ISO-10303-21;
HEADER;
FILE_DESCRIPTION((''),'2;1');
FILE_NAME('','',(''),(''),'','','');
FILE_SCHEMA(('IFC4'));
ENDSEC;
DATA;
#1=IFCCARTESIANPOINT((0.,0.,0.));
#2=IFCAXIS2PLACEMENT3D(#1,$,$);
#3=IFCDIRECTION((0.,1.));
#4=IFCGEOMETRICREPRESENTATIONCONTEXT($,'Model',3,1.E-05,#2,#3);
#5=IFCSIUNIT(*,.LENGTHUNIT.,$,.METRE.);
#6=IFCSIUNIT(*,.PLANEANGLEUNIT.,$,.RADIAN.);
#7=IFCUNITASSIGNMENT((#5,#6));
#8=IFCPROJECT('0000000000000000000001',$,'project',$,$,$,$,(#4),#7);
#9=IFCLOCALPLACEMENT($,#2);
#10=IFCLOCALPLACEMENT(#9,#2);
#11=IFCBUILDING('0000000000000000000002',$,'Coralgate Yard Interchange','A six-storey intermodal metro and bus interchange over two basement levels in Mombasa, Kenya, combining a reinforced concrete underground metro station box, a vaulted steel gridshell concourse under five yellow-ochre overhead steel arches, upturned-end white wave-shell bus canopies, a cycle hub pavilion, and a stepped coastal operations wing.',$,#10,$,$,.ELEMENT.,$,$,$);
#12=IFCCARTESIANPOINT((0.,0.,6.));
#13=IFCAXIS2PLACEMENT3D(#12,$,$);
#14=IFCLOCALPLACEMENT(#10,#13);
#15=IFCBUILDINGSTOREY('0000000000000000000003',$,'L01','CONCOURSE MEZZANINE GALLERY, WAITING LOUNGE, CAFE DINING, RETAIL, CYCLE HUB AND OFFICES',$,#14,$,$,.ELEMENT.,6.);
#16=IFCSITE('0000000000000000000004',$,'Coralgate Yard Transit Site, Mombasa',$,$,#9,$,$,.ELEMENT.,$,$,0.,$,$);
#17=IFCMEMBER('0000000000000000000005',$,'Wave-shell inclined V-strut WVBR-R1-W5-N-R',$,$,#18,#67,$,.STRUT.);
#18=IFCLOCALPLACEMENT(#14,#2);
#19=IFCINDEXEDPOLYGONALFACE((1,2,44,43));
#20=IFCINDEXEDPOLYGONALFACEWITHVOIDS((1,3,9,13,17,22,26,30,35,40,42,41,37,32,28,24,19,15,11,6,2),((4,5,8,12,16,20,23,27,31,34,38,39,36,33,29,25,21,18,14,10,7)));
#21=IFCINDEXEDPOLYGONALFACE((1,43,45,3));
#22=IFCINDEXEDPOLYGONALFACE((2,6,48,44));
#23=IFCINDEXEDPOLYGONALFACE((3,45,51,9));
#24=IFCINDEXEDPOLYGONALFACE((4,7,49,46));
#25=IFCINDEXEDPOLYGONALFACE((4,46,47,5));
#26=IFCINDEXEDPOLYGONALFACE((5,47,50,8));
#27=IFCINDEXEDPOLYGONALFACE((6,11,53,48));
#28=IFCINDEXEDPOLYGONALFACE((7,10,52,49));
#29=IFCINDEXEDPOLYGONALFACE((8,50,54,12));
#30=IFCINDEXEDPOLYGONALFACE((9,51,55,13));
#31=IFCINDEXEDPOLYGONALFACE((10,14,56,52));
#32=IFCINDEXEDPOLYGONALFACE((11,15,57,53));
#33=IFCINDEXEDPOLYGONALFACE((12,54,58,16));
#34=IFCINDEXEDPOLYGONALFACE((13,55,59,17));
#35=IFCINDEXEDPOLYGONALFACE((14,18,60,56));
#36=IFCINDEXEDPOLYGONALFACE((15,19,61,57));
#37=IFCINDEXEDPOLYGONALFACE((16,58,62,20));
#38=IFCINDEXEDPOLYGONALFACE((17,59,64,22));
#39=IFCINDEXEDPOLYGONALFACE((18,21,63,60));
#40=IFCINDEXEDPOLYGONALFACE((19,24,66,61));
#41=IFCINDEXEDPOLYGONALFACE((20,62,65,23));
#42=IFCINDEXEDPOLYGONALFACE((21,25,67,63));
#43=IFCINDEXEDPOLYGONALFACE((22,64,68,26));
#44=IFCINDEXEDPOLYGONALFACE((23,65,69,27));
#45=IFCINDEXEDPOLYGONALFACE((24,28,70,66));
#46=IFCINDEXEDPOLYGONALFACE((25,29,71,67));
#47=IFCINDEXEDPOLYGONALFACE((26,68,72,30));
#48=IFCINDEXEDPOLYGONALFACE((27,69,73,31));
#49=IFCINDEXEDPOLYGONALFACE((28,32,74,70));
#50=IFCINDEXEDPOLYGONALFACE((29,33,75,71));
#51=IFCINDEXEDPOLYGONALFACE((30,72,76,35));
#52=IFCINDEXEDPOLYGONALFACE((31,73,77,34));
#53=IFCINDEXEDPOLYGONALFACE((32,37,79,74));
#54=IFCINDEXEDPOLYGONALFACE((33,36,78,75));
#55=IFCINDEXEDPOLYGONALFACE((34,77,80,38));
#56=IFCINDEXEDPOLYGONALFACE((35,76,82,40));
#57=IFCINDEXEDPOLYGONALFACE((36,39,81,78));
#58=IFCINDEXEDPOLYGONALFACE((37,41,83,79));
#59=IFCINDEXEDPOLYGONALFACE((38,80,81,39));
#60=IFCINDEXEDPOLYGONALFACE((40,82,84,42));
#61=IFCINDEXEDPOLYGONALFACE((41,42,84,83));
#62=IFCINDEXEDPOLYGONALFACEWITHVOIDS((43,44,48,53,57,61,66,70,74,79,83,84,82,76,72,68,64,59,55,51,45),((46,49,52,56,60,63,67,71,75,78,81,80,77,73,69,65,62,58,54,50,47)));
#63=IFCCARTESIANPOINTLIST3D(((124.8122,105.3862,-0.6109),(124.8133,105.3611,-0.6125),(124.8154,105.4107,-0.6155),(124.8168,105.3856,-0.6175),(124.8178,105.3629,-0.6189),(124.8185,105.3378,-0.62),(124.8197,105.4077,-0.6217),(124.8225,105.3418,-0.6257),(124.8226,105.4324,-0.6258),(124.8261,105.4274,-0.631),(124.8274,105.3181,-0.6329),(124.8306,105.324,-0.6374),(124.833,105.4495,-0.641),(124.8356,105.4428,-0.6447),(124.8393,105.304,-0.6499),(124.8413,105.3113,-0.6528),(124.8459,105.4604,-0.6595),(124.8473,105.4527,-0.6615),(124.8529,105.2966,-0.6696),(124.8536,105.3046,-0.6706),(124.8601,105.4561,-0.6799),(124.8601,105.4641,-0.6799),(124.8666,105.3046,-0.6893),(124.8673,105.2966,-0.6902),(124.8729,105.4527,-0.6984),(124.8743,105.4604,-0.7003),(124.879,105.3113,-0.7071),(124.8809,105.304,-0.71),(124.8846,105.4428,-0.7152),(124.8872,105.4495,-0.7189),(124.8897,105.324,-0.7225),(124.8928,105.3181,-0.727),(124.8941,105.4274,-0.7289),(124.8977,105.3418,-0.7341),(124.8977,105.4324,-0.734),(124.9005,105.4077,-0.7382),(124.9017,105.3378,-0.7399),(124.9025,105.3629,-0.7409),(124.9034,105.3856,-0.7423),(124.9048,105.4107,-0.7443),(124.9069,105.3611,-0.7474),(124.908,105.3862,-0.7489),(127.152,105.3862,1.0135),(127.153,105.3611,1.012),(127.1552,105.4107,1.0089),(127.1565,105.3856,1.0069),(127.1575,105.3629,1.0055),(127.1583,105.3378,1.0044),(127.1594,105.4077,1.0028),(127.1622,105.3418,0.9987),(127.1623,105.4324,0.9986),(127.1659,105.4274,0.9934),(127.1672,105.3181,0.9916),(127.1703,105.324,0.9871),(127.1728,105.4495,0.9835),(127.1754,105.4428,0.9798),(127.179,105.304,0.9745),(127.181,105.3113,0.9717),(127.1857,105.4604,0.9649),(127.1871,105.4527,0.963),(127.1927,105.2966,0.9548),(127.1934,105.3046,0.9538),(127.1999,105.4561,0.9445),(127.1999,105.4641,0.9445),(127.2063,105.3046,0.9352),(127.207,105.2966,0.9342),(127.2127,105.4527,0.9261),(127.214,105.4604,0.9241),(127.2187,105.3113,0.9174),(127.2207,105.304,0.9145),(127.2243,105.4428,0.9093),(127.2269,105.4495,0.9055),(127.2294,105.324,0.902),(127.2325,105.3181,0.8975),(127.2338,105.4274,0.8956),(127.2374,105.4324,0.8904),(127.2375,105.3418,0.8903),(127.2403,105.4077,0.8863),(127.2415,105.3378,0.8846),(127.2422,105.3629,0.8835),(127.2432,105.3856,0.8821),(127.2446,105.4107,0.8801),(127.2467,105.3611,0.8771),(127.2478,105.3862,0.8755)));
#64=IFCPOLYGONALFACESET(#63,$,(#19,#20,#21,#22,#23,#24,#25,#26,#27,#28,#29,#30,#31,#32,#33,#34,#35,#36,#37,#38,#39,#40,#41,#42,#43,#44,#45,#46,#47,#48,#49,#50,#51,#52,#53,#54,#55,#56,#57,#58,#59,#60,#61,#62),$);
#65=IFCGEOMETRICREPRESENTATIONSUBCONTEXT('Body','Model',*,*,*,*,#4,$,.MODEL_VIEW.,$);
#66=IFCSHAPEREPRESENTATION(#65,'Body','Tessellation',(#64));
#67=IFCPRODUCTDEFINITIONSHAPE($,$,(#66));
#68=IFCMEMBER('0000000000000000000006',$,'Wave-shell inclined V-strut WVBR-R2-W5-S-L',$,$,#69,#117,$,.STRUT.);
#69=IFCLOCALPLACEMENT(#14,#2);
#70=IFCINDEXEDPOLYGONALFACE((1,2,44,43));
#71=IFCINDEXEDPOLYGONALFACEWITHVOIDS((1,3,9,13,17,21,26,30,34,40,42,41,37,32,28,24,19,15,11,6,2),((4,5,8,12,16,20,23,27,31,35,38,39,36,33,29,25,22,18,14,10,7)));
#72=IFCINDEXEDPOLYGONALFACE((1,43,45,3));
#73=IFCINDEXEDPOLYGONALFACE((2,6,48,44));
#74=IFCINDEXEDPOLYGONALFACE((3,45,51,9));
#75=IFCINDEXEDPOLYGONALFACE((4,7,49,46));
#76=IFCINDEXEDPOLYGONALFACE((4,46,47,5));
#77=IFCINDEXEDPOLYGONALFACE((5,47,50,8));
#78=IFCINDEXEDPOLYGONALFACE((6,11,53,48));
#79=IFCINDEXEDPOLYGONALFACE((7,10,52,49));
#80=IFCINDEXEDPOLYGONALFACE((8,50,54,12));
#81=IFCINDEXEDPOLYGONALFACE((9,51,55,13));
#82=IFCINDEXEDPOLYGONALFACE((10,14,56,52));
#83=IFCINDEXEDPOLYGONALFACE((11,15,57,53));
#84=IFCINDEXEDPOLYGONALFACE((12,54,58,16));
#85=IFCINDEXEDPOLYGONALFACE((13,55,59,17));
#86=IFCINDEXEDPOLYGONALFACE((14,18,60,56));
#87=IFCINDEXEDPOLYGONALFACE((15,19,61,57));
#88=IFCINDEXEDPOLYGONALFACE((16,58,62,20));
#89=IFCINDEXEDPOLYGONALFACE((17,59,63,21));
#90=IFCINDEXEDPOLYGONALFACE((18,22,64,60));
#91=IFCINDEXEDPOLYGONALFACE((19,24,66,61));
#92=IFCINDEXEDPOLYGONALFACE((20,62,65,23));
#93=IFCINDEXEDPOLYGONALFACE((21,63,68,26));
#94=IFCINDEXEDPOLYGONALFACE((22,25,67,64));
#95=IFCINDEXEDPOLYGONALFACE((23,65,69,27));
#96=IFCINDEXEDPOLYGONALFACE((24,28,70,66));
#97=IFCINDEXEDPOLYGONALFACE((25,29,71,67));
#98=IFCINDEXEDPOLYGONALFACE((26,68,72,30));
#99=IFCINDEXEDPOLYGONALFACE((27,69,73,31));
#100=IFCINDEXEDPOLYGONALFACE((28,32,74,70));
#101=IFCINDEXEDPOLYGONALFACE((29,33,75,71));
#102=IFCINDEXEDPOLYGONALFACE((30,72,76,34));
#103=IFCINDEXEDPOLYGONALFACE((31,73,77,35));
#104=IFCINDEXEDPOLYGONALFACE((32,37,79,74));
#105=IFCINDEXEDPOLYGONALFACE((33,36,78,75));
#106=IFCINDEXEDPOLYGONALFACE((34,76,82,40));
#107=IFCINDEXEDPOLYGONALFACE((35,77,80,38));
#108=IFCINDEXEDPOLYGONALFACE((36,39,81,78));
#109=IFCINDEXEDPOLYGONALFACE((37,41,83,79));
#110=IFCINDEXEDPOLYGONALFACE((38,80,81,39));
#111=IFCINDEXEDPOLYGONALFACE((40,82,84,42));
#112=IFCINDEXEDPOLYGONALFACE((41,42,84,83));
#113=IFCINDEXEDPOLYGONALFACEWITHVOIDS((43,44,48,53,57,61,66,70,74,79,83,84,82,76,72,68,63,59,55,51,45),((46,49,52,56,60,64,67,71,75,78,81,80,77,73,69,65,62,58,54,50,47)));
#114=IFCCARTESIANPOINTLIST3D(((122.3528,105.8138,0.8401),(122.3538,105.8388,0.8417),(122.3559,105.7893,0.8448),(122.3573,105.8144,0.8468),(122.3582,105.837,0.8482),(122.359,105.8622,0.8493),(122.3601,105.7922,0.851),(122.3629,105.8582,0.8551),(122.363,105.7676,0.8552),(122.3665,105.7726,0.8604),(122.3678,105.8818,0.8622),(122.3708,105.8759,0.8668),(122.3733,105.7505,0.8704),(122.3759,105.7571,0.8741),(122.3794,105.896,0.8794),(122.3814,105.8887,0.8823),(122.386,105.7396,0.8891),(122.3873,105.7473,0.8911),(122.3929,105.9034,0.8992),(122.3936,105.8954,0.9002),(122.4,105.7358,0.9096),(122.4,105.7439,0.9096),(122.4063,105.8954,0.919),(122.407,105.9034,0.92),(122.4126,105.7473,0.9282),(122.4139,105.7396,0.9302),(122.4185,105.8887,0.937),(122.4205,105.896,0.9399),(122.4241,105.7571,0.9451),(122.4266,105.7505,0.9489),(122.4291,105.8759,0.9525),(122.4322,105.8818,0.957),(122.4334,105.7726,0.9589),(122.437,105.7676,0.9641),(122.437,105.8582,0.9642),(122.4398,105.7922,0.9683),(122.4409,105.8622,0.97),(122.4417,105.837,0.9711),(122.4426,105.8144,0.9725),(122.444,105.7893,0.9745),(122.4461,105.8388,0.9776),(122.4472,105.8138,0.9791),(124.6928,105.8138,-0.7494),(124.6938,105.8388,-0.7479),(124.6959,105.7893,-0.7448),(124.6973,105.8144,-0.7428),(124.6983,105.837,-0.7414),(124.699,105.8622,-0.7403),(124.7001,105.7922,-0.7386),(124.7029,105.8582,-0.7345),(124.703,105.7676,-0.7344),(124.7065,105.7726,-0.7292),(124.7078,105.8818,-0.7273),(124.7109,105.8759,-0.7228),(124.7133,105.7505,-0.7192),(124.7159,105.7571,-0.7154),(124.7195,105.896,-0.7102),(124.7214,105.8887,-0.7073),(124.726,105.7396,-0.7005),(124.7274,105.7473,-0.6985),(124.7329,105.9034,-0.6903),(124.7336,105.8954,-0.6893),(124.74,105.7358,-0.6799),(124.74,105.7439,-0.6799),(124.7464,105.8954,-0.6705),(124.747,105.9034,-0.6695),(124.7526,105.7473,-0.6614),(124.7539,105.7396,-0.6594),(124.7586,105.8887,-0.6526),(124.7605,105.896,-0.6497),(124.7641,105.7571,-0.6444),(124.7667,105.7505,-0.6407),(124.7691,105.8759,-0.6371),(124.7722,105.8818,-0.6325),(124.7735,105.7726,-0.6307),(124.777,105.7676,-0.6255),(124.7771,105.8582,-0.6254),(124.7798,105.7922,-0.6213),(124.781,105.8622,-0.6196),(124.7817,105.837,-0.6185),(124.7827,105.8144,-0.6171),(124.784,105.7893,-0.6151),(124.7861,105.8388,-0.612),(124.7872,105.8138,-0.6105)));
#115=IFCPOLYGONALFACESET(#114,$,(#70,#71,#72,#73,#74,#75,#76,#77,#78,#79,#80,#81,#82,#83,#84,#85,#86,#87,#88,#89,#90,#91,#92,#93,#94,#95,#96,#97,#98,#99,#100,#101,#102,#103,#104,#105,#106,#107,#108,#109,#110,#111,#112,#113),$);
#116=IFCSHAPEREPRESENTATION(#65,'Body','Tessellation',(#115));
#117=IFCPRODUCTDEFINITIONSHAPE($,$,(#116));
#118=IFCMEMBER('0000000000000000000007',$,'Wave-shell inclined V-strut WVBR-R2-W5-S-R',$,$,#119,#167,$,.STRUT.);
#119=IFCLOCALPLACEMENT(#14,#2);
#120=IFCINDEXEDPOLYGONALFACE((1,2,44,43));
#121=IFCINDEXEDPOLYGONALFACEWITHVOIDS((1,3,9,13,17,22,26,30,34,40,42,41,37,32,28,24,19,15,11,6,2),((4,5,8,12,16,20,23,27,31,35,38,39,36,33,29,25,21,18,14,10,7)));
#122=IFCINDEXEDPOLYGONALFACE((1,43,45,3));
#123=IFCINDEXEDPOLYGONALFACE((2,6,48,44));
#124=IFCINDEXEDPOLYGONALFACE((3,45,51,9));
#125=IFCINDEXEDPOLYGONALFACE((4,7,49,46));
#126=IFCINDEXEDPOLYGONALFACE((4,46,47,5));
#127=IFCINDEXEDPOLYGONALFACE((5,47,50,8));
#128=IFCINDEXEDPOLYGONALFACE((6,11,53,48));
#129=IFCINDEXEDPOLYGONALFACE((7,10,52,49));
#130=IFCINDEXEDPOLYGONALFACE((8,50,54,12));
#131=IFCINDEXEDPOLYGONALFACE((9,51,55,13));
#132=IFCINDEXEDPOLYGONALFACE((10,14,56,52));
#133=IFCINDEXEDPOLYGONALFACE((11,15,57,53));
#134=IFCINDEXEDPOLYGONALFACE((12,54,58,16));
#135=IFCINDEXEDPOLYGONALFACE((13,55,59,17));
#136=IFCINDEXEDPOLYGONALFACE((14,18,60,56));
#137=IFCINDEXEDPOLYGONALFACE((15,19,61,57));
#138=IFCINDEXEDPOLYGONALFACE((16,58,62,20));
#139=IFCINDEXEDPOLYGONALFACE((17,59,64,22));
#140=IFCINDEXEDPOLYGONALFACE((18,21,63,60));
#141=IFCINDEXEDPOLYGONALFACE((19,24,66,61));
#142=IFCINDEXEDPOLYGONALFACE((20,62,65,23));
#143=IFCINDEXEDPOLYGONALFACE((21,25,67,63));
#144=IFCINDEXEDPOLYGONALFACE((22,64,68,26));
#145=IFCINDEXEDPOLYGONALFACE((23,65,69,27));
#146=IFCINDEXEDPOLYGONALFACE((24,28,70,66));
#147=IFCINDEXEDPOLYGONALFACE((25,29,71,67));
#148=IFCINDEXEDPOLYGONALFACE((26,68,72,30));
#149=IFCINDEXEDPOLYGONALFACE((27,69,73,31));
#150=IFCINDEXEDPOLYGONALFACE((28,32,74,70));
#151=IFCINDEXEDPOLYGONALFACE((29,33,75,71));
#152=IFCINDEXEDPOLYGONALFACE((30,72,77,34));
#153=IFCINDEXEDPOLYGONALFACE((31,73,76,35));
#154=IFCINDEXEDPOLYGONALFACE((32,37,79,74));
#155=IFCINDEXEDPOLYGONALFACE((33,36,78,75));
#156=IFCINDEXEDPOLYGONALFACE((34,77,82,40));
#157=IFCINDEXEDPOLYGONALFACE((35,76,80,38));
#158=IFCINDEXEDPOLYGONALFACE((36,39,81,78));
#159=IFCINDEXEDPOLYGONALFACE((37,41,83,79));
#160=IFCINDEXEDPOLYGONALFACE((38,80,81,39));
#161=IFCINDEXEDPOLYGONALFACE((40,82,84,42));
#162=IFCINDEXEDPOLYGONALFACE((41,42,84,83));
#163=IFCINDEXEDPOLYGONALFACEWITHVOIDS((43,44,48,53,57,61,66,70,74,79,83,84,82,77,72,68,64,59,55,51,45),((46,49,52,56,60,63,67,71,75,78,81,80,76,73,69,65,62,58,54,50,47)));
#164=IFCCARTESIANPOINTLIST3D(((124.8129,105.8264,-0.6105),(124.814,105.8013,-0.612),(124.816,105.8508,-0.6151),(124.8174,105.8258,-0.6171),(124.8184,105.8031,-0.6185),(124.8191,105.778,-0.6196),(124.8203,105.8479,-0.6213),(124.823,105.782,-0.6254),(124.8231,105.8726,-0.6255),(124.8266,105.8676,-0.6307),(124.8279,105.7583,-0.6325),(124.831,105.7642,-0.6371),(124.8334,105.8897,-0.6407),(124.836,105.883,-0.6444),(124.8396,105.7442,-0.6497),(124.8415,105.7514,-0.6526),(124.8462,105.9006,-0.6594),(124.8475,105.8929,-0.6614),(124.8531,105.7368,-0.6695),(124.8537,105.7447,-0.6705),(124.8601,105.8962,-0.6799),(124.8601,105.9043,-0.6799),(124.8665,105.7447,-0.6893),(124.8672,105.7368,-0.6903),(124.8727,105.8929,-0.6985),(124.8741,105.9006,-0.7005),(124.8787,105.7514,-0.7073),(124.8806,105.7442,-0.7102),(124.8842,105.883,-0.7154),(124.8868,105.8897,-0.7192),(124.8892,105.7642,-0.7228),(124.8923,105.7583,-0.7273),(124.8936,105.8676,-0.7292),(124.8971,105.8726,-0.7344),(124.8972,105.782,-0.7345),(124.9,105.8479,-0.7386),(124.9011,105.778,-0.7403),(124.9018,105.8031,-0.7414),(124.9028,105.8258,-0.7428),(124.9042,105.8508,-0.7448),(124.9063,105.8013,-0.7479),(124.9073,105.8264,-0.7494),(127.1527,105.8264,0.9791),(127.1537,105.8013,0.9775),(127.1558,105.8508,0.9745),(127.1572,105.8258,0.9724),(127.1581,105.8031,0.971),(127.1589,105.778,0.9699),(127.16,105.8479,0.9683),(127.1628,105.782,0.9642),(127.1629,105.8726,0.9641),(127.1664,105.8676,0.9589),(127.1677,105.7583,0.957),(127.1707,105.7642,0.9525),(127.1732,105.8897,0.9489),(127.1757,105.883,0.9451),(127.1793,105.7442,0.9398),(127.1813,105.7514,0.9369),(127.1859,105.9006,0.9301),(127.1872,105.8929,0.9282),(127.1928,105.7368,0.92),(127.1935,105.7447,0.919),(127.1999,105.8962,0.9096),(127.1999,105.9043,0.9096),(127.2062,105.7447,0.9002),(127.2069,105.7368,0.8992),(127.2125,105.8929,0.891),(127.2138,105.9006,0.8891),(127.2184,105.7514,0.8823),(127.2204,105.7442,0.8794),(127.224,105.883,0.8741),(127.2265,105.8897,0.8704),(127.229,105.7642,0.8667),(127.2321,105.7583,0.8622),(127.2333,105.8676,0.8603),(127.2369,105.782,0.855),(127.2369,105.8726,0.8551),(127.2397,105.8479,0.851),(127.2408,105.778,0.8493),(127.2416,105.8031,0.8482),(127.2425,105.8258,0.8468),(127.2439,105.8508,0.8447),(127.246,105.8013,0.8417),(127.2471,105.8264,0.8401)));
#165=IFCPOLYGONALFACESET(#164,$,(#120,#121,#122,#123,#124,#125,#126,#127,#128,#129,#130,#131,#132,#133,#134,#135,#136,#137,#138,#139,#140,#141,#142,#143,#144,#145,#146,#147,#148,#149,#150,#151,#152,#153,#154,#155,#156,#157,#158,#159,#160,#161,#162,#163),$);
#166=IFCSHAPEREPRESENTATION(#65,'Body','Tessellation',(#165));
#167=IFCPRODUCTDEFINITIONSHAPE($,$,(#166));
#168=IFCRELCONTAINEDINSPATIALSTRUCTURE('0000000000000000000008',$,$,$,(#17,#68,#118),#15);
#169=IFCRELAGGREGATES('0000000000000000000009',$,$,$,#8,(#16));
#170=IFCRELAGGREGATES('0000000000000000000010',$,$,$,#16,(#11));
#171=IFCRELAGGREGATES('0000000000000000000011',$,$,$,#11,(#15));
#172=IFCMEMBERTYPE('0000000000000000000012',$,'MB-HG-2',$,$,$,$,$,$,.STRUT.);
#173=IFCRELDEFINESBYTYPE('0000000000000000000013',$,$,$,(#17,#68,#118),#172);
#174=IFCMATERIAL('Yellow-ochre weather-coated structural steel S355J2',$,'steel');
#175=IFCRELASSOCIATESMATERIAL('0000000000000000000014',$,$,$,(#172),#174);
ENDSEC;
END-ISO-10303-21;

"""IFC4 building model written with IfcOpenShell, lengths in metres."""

from ifc_helpers import new_model, si_unit, direction, frame, origin, origin_2d, place, context, subcontext, project, spatial, hollow_circle, extrude, material, material_profile, profile_set, type_object, element, save


model = new_model("IFC4")

# Units and contexts
model_context = context("Model", 3, precision=1e-05, world=origin(), true_north=direction((0.0, 1.0)))
body_context = subcontext(model_context, "Body", "Model", "MODEL_VIEW")
ifc_project = project(units=[si_unit("LENGTHUNIT", "METRE"), si_unit("PLANEANGLEUNIT", "RADIAN")], contexts=[model_context])

# Site, building, storey
site_placement = place(None, origin())
site = spatial("IfcSite", under=ifc_project, at=site_placement, Name="Coralgate Yard Transit Site, Mombasa", CompositionType="ELEMENT", RefElevation=0.0)
building_placement = place(site_placement, origin())
building = spatial("IfcBuilding", under=site, at=building_placement, Name="Coralgate Yard Interchange", Description="A six-storey intermodal metro and bus interchange over two basement levels in Mombasa, Kenya, combining a reinforced concrete underground metro station box, a vaulted steel gridshell concourse under five yellow-ochre overhead steel arches, upturned-end white wave-shell bus canopies, a cycle hub pavilion, and a stepped coastal operations wing.", CompositionType="ELEMENT")
storey_placement = place(building_placement, frame((0.0, 0.0, 6.0)))
storey = spatial("IfcBuildingStorey", under=building, at=storey_placement, Name="L01", Description="CONCOURSE MEZZANINE GALLERY, WAITING LOUNGE, CAFE DINING, RETAIL, CYCLE HUB AND OFFICES", CompositionType="ELEMENT", Elevation=6.0)

# Members
ifc_material_1 = material(Name="Yellow-ochre weather-coated structural steel S355J2", Category="steel")
ifc_material_profile_1 = material_profile(ifc_material_1, hollow_circle(Radius=0.0842, WallThickness=0.0081, at=origin_2d()), Name="CHS 168.3x8")
ifc_profile_set_1 = profile_set([ifc_material_profile_1], Name="Yellow-ochre weather-coated structural steel S355J2")
member_type_1 = type_object("IfcMemberType", Name="MB-HG-2", PredefinedType="STRUT", material=ifc_profile_set_1)
member_1_placement = place(storey_placement, frame((124.8601, 105.3799, -0.6799), z_axis=(0.821432, 0.0, 0.570306), x_axis=(0.0, 1.0, 0.0)))
element("IfcMember", 1, at=member_1_placement, inside=storey, type_object=member_type_1, Name="Wave-shell inclined V-strut WVBR-R1-W5-N-R", PredefinedType="STRUT", context=body_context, shape_type="SweptSolid", body=[
    extrude(hollow_circle(Radius=0.0842, WallThickness=0.0081, at=origin_2d()), origin(), (0.0, 0.0, 1.0), 2.8484),
])
member_2_placement = place(storey_placement, frame((124.74, 105.8201, -0.6799), z_axis=(-0.827199, 0.0, 0.561909), x_axis=(0.0, -1.0, 0.0)))
element("IfcMember", 2, at=member_2_placement, inside=storey, type_object=member_type_1, Name="Wave-shell inclined V-strut WVBR-R2-W5-S-L", PredefinedType="STRUT", context=body_context, shape_type="SweptSolid", body=[
    extrude(hollow_circle(Radius=0.0842, WallThickness=0.0081, at=origin_2d()), origin(), (0.0, 0.0, 1.0), 2.8289),
])
member_3_placement = place(storey_placement, frame((124.8601, 105.8201, -0.6799), z_axis=(0.827172, 0.0, 0.561949), x_axis=(0.0, 1.0, 0.0)))
element("IfcMember", 3, at=member_3_placement, inside=storey, type_object=member_type_1, Name="Wave-shell inclined V-strut WVBR-R2-W5-S-R", PredefinedType="STRUT", context=body_context, shape_type="SweptSolid", body=[
    extrude(hollow_circle(Radius=0.0842, WallThickness=0.0081, at=origin_2d()), origin(), (0.0, 0.0, 1.0), 2.8286),
])

save(model, "model.ifc")
